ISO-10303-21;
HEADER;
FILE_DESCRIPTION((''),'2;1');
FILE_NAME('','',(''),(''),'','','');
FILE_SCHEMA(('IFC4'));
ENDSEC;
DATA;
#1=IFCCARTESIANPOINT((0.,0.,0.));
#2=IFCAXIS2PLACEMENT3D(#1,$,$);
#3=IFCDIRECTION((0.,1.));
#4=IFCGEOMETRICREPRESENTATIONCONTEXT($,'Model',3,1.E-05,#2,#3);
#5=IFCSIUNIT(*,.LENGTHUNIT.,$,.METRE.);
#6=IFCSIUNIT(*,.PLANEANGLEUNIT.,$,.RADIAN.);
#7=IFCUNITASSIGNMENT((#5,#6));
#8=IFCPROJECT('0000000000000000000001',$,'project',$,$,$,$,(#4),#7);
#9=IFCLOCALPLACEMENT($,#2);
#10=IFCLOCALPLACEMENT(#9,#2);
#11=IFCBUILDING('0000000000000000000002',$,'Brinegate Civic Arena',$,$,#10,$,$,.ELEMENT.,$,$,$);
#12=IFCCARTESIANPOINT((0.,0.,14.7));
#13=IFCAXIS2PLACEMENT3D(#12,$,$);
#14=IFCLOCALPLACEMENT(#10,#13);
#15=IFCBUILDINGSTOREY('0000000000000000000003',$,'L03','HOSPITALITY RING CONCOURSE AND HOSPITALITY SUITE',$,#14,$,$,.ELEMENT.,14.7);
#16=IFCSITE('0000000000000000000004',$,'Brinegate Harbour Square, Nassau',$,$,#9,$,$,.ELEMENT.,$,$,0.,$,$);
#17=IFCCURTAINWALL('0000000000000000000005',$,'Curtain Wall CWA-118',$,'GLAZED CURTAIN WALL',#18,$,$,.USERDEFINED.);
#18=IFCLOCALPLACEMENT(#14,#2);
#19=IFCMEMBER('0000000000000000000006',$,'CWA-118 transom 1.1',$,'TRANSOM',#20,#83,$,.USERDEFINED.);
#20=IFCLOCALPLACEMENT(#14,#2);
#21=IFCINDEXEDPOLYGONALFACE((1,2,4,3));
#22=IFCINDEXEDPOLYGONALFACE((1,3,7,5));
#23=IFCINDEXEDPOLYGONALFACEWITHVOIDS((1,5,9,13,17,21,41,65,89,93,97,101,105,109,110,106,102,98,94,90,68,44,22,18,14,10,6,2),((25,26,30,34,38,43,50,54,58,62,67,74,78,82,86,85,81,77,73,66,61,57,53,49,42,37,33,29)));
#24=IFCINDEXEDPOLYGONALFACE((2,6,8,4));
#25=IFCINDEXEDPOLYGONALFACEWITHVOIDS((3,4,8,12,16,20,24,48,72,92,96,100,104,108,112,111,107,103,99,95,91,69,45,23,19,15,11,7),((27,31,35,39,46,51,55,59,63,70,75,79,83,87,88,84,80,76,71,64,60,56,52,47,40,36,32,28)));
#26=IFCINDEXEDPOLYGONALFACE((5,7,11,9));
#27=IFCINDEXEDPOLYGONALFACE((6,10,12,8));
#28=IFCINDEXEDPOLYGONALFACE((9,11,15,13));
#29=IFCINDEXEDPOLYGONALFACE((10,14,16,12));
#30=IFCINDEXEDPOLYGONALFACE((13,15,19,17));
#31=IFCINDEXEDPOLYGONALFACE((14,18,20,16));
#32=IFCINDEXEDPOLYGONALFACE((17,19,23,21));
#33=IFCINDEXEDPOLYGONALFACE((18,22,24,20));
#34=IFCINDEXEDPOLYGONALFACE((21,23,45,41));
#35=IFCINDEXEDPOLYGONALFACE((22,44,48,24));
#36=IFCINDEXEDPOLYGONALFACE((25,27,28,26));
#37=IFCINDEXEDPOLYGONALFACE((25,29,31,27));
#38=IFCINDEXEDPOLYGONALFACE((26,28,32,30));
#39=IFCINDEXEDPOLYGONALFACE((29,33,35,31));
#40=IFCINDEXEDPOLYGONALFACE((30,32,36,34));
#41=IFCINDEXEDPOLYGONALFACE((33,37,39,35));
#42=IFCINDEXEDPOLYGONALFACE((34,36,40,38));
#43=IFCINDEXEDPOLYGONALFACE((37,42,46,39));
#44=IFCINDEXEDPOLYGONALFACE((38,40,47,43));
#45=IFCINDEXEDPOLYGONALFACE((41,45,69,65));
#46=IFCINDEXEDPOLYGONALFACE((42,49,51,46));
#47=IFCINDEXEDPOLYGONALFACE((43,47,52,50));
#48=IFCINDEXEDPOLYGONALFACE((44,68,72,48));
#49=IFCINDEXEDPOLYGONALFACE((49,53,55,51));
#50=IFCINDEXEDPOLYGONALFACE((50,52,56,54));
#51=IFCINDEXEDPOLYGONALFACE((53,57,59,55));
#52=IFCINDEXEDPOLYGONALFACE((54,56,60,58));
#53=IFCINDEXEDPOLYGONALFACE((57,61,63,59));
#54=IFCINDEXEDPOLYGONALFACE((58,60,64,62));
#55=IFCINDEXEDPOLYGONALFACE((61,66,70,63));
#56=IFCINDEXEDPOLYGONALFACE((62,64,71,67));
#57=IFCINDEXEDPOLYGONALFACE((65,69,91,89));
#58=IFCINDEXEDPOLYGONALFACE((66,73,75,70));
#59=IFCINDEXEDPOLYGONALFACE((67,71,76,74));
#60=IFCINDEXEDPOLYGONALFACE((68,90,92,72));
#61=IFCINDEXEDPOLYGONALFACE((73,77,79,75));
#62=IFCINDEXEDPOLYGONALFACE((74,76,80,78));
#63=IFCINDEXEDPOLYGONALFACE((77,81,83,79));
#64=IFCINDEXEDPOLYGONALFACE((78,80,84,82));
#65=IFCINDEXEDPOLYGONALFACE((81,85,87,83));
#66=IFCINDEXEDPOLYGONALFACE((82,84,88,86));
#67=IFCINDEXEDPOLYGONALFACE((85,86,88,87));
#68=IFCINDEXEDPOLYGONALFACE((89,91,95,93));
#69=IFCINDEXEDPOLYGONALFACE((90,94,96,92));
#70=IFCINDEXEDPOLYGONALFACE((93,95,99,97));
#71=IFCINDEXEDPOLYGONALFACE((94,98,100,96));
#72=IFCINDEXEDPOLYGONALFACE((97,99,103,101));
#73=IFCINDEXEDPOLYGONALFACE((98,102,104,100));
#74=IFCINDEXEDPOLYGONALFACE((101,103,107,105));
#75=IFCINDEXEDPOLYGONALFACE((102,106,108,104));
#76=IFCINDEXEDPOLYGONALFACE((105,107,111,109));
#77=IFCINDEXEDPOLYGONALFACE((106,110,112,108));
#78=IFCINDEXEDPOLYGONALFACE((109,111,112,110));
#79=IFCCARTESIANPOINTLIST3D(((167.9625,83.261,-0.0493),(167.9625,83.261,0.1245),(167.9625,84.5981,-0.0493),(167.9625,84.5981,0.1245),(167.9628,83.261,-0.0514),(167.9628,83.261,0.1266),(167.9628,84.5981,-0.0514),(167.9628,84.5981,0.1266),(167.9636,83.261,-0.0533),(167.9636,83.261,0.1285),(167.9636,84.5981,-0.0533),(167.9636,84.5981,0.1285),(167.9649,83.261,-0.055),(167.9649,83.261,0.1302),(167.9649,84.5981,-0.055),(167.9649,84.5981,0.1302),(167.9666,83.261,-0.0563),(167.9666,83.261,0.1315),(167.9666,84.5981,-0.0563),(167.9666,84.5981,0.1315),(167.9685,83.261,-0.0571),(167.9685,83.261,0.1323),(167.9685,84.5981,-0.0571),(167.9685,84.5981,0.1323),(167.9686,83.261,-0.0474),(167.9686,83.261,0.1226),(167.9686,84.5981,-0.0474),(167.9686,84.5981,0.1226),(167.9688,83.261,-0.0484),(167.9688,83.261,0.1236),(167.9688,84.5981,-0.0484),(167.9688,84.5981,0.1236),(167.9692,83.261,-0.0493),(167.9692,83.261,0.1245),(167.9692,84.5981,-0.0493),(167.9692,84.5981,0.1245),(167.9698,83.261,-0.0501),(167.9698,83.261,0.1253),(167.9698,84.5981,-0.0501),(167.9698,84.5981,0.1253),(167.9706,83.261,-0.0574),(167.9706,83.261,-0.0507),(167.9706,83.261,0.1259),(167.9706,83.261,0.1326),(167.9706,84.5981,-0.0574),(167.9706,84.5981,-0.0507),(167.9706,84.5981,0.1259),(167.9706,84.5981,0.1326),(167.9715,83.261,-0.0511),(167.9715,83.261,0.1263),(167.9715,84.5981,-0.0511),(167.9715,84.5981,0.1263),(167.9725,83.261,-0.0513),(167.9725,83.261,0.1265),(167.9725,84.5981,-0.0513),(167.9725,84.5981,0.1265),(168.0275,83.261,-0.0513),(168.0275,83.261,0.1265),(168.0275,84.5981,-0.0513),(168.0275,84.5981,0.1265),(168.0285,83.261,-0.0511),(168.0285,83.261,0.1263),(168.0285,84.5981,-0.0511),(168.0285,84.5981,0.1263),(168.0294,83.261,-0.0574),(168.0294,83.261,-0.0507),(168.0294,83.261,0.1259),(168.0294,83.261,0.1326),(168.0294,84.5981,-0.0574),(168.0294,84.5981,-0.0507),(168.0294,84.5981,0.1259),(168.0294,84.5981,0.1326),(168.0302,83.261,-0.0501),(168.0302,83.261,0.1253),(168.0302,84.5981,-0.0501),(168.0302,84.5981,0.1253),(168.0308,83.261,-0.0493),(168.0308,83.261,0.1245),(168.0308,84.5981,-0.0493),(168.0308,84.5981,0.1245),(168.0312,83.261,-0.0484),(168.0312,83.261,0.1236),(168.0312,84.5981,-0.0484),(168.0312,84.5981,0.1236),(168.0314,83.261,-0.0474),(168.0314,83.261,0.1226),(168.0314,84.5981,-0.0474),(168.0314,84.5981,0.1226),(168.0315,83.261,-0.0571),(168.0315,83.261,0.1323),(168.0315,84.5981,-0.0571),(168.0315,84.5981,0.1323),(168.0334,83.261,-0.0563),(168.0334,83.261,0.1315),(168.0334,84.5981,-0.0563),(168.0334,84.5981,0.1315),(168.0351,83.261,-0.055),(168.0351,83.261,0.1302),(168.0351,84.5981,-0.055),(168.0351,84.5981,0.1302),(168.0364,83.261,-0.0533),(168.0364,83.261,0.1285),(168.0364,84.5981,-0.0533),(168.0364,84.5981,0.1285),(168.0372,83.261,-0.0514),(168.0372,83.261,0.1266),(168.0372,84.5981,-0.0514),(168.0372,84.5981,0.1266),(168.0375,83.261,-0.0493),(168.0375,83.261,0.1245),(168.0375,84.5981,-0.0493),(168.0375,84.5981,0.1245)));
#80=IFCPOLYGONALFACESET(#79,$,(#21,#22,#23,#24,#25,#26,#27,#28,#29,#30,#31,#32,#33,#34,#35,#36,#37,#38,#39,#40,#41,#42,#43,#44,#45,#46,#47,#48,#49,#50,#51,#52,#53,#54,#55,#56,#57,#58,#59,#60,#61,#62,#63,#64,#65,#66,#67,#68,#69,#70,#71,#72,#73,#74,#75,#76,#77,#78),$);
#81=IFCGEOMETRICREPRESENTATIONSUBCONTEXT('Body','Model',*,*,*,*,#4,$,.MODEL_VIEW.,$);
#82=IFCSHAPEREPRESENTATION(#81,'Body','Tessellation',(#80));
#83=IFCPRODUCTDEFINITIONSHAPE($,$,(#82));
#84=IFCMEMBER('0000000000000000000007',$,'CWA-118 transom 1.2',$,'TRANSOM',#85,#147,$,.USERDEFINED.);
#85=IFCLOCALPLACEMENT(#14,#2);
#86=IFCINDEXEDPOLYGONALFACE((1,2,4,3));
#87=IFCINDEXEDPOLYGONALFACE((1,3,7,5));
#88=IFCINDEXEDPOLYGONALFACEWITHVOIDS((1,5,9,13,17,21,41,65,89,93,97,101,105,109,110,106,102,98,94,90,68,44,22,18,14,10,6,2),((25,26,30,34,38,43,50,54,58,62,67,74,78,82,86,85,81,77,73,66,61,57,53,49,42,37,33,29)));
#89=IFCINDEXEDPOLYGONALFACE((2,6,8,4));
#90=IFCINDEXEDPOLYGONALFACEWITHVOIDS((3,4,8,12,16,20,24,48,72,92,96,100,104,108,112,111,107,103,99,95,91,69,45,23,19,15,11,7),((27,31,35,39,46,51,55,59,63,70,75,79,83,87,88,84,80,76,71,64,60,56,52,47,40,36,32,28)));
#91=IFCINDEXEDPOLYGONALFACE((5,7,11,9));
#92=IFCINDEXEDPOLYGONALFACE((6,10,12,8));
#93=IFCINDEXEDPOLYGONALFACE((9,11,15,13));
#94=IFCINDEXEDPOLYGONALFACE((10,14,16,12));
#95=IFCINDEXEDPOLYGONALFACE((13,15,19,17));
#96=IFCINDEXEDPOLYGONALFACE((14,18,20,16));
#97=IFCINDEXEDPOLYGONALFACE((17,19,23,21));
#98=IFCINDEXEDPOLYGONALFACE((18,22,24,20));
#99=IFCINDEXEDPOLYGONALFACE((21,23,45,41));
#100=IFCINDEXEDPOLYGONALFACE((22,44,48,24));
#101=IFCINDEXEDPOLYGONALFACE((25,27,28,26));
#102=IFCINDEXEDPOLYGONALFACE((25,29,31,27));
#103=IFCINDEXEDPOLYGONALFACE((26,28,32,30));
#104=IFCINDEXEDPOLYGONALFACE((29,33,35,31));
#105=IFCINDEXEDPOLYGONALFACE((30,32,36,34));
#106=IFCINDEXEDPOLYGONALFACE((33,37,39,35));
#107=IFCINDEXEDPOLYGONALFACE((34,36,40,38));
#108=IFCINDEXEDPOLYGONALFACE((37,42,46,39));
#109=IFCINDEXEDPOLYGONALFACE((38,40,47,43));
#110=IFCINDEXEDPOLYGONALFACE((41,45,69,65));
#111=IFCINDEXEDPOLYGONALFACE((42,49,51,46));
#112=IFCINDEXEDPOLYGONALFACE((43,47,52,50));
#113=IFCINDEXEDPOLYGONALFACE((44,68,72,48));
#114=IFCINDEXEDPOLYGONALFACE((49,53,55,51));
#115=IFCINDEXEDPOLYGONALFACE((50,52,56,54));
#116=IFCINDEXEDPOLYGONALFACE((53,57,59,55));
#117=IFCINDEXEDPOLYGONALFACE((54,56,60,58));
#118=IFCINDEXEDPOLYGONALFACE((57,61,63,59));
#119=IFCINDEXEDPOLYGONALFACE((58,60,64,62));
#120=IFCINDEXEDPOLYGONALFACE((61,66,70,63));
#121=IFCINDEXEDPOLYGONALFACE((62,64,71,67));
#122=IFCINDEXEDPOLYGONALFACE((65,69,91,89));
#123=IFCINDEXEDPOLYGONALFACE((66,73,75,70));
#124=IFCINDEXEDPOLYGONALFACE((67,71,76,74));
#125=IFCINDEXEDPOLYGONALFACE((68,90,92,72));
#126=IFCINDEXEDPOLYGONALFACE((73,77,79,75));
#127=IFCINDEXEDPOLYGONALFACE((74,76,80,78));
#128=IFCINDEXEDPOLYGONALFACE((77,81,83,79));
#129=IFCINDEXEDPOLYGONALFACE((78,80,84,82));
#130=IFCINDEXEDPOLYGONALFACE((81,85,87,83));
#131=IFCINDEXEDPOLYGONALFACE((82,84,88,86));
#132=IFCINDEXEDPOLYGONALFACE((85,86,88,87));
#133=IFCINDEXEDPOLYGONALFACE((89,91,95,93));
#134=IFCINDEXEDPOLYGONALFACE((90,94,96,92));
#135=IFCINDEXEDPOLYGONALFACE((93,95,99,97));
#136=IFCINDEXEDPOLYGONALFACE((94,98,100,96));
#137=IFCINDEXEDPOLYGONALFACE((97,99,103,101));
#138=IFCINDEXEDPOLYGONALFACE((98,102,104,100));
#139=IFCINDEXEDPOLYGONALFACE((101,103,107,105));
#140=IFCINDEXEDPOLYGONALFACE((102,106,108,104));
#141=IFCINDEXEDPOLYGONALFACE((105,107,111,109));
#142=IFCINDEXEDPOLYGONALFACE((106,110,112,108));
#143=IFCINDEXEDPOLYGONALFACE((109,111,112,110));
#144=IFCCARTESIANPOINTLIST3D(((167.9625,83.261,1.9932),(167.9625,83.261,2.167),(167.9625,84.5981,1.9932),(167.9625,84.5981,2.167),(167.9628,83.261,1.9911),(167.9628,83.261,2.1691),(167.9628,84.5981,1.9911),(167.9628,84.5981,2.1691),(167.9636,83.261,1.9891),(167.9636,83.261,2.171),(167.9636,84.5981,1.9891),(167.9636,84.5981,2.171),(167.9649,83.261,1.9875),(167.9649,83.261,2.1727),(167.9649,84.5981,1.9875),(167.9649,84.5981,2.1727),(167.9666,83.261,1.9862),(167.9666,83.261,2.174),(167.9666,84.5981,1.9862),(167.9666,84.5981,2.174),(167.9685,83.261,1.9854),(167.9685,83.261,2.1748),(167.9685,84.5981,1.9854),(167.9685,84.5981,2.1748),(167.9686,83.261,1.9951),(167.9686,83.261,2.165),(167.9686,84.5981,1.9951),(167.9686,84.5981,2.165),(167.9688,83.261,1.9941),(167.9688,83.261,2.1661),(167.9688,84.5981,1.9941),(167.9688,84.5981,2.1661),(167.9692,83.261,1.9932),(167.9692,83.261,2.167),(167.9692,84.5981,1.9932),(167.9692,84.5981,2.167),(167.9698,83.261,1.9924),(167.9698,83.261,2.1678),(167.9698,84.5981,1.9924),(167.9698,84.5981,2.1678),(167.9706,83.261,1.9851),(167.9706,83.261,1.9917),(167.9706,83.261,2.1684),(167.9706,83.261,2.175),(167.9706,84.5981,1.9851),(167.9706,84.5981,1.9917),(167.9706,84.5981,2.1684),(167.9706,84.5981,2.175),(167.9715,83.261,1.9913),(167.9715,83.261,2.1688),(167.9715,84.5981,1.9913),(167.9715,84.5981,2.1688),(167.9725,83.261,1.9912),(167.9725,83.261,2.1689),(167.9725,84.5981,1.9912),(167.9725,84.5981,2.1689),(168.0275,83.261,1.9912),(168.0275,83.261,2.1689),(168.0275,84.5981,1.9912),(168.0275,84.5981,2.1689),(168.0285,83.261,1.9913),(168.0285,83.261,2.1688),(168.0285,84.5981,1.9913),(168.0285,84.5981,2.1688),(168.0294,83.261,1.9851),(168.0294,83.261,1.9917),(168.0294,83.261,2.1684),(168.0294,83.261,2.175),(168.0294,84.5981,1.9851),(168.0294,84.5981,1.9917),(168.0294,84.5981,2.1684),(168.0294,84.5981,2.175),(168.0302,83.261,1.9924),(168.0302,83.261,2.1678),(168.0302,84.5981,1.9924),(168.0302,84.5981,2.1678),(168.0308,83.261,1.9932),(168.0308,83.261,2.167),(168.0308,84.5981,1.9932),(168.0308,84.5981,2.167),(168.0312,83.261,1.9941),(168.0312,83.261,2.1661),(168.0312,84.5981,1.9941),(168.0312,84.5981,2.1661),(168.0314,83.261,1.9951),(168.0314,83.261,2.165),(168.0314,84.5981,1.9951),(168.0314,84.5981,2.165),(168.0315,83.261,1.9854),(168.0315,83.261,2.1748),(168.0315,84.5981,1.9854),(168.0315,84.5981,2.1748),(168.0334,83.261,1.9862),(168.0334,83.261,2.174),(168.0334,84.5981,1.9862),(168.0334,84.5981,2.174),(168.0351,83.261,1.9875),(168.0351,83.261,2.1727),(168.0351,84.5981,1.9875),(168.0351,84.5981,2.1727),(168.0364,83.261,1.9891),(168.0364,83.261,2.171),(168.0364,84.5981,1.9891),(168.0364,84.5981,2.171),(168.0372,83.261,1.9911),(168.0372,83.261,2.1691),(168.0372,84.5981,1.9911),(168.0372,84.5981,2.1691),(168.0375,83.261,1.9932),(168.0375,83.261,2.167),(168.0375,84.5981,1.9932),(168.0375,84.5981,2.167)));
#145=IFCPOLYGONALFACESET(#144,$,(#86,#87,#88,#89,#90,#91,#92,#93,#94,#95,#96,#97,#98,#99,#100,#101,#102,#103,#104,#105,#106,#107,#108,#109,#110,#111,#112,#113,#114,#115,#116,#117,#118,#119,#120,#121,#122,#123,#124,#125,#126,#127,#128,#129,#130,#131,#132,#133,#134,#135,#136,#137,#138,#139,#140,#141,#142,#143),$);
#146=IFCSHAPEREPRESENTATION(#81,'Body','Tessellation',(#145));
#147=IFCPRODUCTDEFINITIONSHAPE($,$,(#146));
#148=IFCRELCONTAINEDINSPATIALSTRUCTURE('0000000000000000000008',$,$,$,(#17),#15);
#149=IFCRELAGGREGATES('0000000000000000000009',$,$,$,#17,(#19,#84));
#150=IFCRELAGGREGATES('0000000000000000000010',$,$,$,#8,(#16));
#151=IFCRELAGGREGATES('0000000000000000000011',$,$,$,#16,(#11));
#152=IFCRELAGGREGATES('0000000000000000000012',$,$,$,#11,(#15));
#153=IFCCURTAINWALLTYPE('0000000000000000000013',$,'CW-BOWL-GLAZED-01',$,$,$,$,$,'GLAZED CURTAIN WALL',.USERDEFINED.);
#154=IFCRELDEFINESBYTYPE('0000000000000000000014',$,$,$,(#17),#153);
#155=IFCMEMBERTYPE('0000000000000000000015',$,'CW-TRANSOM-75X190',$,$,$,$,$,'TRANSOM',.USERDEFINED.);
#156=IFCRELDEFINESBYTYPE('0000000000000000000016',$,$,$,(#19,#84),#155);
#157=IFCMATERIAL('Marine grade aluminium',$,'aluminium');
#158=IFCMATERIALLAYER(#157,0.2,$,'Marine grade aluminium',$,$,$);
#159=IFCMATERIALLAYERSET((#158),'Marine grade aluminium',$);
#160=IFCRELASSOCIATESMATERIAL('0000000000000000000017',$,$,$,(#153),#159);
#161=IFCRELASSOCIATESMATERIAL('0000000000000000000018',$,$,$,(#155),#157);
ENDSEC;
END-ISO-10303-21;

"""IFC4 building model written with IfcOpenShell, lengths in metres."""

from ifc_helpers import new_model, si_unit, direction, frame, origin, origin_2d, place, context, subcontext, project, spatial, hollow_rectangle, extrude, material, layer, layer_set, material_profile, profile_set, type_object, element, aggregate, save


model = new_model("IFC4")

# Units and contexts
model_context = context("Model", 3, precision=1e-05, world=origin(), true_north=direction((0.0, 1.0)))
body_context = subcontext(model_context, "Body", "Model", "MODEL_VIEW")
ifc_project = project(units=[si_unit("LENGTHUNIT", "METRE"), si_unit("PLANEANGLEUNIT", "RADIAN")], contexts=[model_context])

# Site, building, storey
site_placement = place(None, origin())
site = spatial("IfcSite", under=ifc_project, at=site_placement, Name="Brinegate Harbour Square, Nassau", CompositionType="ELEMENT", RefElevation=0.0)
building_placement = place(site_placement, origin())
building = spatial("IfcBuilding", under=site, at=building_placement, Name="Brinegate Civic Arena", CompositionType="ELEMENT")
storey_placement = place(building_placement, frame((0.0, 0.0, 14.7)))
storey = spatial("IfcBuildingStorey", under=building, at=storey_placement, Name="L03", Description="HOSPITALITY RING CONCOURSE AND HOSPITALITY SUITE", CompositionType="ELEMENT", Elevation=14.7)

# Curtain wall, members
ifc_material_1 = material(Name="Marine grade aluminium", Category="aluminium")
ifc_layer_1 = layer(ifc_material_1, 0.2, Name="Marine grade aluminium")
ifc_layer_set_1 = layer_set([ifc_layer_1], Name="Marine grade aluminium")
curtain_wall_type = type_object("IfcCurtainWallType", Name="CW-BOWL-GLAZED-01", ElementType="GLAZED CURTAIN WALL", PredefinedType="USERDEFINED", material=ifc_layer_set_1)
curtain_wall_placement = place(storey_placement, origin())
curtain_wall = element("IfcCurtainWall", 1, at=curtain_wall_placement, inside=storey, type_object=curtain_wall_type, Name="Curtain Wall CWA-118", ObjectType="GLAZED CURTAIN WALL", PredefinedType="USERDEFINED")
ifc_material_profile_1 = material_profile(ifc_material_1, hollow_rectangle(XDim=0.075, YDim=0.1899, WallThickness=0.0061, InnerFilletRadius=0.0039, OuterFilletRadius=0.0081, at=origin_2d()), Name="TRN75X190")
ifc_profile_set_1 = profile_set([ifc_material_profile_1], Name="Marine grade aluminium")
member_type_1 = type_object("IfcMemberType", Name="CW-TRANSOM-75X190", ElementType="TRANSOM", PredefinedType="USERDEFINED", material=ifc_profile_set_1)
member_1_placement = place(storey_placement, frame((168.0, 83.261, 0.0376), z_axis=(0.0, 1.0, 0.0), x_axis=(-1.0, 0.0, 0.0)))
member_1 = element("IfcMember", 2, at=member_1_placement, type_object=member_type_1, Name="CWA-118 transom 1.1", ObjectType="TRANSOM", PredefinedType="USERDEFINED", context=body_context, shape_type="SweptSolid", body=[
    extrude(hollow_rectangle(XDim=0.075, YDim=0.1899, WallThickness=0.0061, InnerFilletRadius=0.0039, OuterFilletRadius=0.0081, at=origin_2d()), origin(), (0.0, 0.0, 1.0), 1.3372),
])
member_2_placement = place(storey_placement, frame((168.0, 83.261, 2.0801), z_axis=(0.0, 1.0, 0.0), x_axis=(-1.0, 0.0, 0.0)))
member_2 = element("IfcMember", 3, at=member_2_placement, type_object=member_type_1, Name="CWA-118 transom 1.2", ObjectType="TRANSOM", PredefinedType="USERDEFINED", context=body_context, shape_type="SweptSolid", body=[
    extrude(hollow_rectangle(XDim=0.075, YDim=0.1899, WallThickness=0.0061, InnerFilletRadius=0.0039, OuterFilletRadius=0.0081, at=origin_2d()), origin(), (0.0, 0.0, 1.0), 1.3372),
])

aggregate(curtain_wall, [member_1, member_2])

save(model, "model.ifc")
